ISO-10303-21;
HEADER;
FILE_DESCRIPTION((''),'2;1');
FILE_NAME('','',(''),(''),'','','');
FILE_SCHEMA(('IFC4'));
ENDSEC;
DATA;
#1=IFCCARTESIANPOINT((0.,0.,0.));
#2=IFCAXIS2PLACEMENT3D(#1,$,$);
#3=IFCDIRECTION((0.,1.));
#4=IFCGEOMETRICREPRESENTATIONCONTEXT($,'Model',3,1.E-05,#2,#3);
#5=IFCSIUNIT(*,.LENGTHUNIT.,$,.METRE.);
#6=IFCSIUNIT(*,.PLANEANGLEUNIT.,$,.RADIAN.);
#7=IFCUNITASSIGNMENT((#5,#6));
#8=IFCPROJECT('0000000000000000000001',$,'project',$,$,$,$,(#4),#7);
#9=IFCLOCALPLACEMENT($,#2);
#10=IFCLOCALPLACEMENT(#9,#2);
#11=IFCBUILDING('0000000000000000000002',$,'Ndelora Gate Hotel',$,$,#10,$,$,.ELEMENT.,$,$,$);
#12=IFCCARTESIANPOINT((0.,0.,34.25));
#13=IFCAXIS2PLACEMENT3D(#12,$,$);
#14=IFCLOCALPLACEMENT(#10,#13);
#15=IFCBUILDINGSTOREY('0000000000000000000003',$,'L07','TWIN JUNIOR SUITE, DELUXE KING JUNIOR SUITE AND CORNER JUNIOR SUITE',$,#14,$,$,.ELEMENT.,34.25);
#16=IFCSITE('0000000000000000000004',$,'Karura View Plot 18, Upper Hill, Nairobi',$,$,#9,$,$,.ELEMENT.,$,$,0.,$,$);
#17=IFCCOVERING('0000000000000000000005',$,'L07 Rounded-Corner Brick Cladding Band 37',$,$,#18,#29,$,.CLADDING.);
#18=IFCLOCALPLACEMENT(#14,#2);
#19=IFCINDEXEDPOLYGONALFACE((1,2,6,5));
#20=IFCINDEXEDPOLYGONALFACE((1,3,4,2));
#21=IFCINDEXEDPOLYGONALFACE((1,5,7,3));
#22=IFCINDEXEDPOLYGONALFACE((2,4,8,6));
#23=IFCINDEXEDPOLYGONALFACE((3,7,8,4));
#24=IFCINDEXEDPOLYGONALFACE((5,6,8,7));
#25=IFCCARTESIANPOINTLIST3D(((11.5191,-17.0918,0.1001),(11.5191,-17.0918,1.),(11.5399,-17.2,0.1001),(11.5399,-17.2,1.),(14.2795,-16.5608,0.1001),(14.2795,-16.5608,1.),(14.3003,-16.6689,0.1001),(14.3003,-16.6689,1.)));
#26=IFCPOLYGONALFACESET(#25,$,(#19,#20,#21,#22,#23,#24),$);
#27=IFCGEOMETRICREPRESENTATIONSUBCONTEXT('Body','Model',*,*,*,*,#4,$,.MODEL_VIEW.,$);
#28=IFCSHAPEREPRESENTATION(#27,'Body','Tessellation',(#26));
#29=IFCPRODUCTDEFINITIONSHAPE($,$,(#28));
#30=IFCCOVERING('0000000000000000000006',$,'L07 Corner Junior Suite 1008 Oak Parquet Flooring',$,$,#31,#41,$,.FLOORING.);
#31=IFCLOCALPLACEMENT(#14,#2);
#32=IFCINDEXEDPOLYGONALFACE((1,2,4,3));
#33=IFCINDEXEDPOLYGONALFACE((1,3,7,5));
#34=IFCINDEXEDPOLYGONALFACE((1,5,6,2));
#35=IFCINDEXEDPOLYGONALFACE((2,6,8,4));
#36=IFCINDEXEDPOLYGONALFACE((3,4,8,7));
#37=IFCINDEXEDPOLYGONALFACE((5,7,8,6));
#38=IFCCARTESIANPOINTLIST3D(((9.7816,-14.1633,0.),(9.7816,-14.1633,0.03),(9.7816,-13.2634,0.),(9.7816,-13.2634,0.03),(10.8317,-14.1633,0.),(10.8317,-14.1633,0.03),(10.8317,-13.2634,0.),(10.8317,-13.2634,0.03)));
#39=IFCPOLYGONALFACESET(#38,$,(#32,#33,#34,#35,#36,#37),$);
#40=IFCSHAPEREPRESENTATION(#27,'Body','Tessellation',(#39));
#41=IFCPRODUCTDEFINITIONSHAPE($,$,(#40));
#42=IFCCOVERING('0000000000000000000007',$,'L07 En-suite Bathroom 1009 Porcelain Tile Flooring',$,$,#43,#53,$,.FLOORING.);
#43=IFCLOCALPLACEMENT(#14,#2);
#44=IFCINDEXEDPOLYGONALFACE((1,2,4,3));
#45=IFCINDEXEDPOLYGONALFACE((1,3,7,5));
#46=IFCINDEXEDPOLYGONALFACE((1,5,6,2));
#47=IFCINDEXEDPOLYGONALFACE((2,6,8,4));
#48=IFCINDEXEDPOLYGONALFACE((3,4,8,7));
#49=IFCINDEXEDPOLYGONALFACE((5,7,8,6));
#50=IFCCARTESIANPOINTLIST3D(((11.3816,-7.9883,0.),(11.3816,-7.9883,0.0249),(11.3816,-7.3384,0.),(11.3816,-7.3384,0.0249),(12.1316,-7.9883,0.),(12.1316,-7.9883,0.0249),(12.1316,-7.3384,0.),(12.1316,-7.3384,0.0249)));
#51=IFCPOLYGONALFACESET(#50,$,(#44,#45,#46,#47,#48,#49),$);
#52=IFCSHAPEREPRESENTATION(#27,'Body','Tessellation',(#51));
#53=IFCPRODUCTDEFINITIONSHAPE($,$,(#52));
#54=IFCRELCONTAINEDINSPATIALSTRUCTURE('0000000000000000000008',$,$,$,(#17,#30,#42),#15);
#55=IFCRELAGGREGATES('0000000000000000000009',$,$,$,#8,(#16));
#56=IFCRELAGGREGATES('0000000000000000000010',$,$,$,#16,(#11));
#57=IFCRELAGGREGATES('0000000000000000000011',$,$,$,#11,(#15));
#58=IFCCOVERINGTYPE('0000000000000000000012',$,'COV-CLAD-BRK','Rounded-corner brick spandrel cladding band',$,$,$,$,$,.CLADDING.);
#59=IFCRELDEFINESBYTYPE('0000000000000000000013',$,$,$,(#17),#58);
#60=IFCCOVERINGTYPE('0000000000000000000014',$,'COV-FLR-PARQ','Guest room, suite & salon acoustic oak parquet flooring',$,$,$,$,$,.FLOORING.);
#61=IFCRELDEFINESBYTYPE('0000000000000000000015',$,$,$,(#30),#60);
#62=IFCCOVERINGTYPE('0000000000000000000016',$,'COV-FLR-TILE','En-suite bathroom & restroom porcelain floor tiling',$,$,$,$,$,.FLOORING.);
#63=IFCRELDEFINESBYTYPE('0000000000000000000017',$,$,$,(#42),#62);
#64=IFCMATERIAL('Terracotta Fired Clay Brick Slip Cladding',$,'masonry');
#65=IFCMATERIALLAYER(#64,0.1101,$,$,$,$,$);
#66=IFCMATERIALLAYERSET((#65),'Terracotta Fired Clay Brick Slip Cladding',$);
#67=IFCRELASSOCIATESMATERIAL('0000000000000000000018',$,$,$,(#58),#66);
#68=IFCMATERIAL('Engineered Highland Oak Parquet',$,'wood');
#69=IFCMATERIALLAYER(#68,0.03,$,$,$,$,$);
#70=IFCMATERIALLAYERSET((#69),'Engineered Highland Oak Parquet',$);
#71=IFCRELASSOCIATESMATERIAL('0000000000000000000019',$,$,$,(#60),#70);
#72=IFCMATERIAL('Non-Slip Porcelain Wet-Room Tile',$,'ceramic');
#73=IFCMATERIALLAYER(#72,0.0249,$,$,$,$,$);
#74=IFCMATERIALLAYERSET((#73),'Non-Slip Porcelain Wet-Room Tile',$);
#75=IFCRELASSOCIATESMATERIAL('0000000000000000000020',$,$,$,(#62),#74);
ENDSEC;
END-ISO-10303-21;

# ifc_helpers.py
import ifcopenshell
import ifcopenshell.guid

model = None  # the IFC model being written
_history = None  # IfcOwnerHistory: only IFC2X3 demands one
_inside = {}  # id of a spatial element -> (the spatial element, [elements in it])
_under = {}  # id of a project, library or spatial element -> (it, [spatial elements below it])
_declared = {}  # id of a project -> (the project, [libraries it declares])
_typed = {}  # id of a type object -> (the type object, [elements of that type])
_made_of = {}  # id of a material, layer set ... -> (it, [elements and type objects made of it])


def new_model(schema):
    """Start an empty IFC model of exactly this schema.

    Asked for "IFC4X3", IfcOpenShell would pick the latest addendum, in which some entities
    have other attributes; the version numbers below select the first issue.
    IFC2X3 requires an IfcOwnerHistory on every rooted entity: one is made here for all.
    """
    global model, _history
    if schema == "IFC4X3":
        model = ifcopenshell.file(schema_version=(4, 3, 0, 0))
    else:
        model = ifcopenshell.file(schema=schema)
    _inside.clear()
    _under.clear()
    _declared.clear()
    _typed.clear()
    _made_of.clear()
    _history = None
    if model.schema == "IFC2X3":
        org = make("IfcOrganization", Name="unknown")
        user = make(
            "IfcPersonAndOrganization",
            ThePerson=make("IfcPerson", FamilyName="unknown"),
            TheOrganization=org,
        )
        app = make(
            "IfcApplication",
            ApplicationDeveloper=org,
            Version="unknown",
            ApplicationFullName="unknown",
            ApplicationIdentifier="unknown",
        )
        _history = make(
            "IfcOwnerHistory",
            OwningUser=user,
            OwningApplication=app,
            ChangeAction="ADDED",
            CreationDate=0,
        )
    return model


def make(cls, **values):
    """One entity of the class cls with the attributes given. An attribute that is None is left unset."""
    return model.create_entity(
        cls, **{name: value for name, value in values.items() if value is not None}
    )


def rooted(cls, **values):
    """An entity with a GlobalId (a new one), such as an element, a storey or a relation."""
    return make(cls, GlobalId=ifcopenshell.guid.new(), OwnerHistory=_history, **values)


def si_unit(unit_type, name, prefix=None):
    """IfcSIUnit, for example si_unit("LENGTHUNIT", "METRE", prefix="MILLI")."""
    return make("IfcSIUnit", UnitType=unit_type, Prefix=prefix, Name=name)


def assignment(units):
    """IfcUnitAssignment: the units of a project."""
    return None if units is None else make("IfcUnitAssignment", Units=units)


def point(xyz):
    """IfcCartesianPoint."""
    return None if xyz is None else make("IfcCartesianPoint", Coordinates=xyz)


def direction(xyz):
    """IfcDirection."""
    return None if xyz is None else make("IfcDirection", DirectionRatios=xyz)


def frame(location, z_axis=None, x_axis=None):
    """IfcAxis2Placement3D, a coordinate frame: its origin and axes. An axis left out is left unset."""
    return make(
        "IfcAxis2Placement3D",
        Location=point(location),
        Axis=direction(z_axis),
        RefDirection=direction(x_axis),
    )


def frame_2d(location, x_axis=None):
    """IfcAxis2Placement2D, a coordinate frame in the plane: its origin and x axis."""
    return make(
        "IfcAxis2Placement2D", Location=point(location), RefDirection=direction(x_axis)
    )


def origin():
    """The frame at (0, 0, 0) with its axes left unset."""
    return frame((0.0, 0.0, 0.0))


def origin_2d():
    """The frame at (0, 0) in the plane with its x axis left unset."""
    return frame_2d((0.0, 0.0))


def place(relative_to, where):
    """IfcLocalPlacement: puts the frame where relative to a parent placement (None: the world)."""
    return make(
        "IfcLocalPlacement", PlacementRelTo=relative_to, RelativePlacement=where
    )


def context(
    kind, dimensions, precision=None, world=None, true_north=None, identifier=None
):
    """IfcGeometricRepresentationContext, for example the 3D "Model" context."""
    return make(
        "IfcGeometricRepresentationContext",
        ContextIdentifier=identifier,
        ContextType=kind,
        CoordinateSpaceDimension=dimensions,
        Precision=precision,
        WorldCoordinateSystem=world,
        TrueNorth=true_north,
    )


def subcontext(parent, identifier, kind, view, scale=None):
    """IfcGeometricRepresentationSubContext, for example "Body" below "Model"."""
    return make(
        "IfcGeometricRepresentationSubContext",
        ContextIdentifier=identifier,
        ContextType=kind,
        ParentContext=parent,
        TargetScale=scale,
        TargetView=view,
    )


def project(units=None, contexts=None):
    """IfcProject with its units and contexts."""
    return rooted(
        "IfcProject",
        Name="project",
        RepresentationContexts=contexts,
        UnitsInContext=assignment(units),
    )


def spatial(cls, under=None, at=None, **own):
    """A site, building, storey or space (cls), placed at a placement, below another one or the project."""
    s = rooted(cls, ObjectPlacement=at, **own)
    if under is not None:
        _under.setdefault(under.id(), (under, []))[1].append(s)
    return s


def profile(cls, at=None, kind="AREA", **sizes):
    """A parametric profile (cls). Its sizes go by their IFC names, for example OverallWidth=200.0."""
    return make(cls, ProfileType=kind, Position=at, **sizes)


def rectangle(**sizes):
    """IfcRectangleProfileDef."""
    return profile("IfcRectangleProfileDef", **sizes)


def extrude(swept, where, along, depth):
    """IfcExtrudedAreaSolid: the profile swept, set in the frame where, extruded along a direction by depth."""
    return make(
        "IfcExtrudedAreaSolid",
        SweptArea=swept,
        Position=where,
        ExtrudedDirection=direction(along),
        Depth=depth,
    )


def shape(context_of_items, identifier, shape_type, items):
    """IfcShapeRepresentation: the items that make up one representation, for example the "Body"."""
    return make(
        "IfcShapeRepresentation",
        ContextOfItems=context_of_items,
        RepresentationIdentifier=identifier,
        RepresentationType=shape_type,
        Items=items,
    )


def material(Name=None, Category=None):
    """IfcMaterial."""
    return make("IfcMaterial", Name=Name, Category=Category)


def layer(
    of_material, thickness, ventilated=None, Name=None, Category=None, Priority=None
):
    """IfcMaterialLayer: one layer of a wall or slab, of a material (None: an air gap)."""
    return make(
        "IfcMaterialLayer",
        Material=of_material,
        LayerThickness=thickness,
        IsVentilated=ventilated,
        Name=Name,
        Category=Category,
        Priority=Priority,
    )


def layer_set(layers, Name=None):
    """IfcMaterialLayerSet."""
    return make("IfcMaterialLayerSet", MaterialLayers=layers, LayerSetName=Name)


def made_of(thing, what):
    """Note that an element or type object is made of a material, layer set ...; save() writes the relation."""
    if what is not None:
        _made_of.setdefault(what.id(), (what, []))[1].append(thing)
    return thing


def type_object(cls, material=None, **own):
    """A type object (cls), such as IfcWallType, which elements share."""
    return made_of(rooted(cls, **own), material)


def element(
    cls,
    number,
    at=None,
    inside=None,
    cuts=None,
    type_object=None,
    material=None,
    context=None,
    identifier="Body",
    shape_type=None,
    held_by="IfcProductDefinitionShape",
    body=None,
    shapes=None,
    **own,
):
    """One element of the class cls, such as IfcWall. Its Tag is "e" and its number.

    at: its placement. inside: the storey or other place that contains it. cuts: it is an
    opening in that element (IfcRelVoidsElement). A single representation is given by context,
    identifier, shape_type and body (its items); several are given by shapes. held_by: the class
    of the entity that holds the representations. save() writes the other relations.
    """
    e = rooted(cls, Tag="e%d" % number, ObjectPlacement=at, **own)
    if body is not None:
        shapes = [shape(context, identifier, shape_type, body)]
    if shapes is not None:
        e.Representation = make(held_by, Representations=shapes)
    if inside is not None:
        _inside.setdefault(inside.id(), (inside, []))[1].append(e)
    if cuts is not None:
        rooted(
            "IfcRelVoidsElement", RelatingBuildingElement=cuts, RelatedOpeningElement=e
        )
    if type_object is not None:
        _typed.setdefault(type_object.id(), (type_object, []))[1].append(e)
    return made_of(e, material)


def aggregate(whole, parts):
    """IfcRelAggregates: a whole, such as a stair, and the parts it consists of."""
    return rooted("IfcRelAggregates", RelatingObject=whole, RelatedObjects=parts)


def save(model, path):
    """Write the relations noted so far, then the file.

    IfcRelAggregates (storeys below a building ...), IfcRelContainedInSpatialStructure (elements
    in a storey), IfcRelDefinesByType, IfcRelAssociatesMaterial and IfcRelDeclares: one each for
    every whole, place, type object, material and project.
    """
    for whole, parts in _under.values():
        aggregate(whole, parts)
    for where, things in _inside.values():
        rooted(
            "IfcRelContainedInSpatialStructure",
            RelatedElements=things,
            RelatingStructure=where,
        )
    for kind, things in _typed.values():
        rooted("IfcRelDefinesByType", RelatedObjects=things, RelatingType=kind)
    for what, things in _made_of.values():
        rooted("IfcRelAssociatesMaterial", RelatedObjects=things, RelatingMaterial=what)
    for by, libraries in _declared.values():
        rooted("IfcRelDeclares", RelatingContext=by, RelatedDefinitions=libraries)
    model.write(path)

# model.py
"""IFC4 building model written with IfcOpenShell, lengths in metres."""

from ifc_helpers import new_model, si_unit, direction, frame, origin, origin_2d, place, context, subcontext, project, spatial, rectangle, extrude, material, layer, layer_set, type_object, element, save


model = new_model("IFC4")

# Units and contexts
model_context = context("Model", 3, precision=1e-05, world=origin(), true_north=direction((0.0, 1.0)))
body_context = subcontext(model_context, "Body", "Model", "MODEL_VIEW")
ifc_project = project(units=[si_unit("LENGTHUNIT", "METRE"), si_unit("PLANEANGLEUNIT", "RADIAN")], contexts=[model_context])

# Site, building, storey
site_placement = place(None, origin())
site = spatial("IfcSite", under=ifc_project, at=site_placement, Name="Karura View Plot 18, Upper Hill, Nairobi", CompositionType="ELEMENT", RefElevation=0.0)
building_placement = place(site_placement, origin())
building = spatial("IfcBuilding", under=site, at=building_placement, Name="Ndelora Gate Hotel", CompositionType="ELEMENT")
storey_placement = place(building_placement, frame((0.0, 0.0, 34.25)))
storey = spatial("IfcBuildingStorey", under=building, at=storey_placement, Name="L07", Description="TWIN JUNIOR SUITE, DELUXE KING JUNIOR SUITE AND CORNER JUNIOR SUITE", CompositionType="ELEMENT", Elevation=34.25)

# Coverings
ifc_material_1 = material(Name="Terracotta Fired Clay Brick Slip Cladding", Category="masonry")
ifc_layer_1 = layer(ifc_material_1, 0.1101)
ifc_layer_set_1 = layer_set([ifc_layer_1], Name="Terracotta Fired Clay Brick Slip Cladding")
covering_type_1 = type_object("IfcCoveringType", Name="COV-CLAD-BRK", Description="Rounded-corner brick spandrel cladding band", PredefinedType="CLADDING", material=ifc_layer_set_1)
covering_1_placement = place(storey_placement, frame((12.9097, -16.8804, 0.1001), z_axis=(0.0, 0.0, 1.0), x_axis=(0.981992, 0.188924, 0.0)))
element("IfcCovering", 1, at=covering_1_placement, inside=storey, type_object=covering_type_1, Name="L07 Rounded-Corner Brick Cladding Band 37", PredefinedType="CLADDING", context=body_context, shape_type="SweptSolid", body=[
    extrude(rectangle(XDim=2.811, YDim=0.1101, at=origin_2d()), origin(), (0.0, 0.0, 1.0), 0.8999),
])
ifc_material_2 = material(Name="Engineered Highland Oak Parquet", Category="wood")
ifc_layer_2 = layer(ifc_material_2, 0.03)
ifc_layer_set_2 = layer_set([ifc_layer_2], Name="Engineered Highland Oak Parquet")
covering_type_2 = type_object("IfcCoveringType", Name="COV-FLR-PARQ", Description="Guest room, suite & salon acoustic oak parquet flooring", PredefinedType="FLOORING", material=ifc_layer_set_2)
covering_2_placement = place(storey_placement, frame((10.3066, -13.7134, 0.0), z_axis=(0.0, 0.0, 1.0), x_axis=(1.0, 0.0, 0.0)))
element("IfcCovering", 2, at=covering_2_placement, inside=storey, type_object=covering_type_2, Name="L07 Corner Junior Suite 1008 Oak Parquet Flooring", PredefinedType="FLOORING", context=body_context, shape_type="SweptSolid", body=[
    extrude(rectangle(XDim=1.05, YDim=0.8999, at=origin_2d()), origin(), (0.0, 0.0, 1.0), 0.03),
])
ifc_material_3 = material(Name="Non-Slip Porcelain Wet-Room Tile", Category="ceramic")
ifc_layer_3 = layer(ifc_material_3, 0.0249)
ifc_layer_set_3 = layer_set([ifc_layer_3], Name="Non-Slip Porcelain Wet-Room Tile")
covering_type_3 = type_object("IfcCoveringType", Name="COV-FLR-TILE", Description="En-suite bathroom & restroom porcelain floor tiling", PredefinedType="FLOORING", material=ifc_layer_set_3)
covering_3_placement = place(storey_placement, frame((11.7566, -7.6633, 0.0), z_axis=(0.0, 0.0, 1.0), x_axis=(1.0, 0.0, 0.0)))
element("IfcCovering", 3, at=covering_3_placement, inside=storey, type_object=covering_type_3, Name="L07 En-suite Bathroom 1009 Porcelain Tile Flooring", PredefinedType="FLOORING", context=body_context, shape_type="SweptSolid", body=[
    extrude(rectangle(XDim=0.75, YDim=0.6499, at=origin_2d()), origin(), (0.0, 0.0, 1.0), 0.0249),
])

save(model, "model.ifc")
